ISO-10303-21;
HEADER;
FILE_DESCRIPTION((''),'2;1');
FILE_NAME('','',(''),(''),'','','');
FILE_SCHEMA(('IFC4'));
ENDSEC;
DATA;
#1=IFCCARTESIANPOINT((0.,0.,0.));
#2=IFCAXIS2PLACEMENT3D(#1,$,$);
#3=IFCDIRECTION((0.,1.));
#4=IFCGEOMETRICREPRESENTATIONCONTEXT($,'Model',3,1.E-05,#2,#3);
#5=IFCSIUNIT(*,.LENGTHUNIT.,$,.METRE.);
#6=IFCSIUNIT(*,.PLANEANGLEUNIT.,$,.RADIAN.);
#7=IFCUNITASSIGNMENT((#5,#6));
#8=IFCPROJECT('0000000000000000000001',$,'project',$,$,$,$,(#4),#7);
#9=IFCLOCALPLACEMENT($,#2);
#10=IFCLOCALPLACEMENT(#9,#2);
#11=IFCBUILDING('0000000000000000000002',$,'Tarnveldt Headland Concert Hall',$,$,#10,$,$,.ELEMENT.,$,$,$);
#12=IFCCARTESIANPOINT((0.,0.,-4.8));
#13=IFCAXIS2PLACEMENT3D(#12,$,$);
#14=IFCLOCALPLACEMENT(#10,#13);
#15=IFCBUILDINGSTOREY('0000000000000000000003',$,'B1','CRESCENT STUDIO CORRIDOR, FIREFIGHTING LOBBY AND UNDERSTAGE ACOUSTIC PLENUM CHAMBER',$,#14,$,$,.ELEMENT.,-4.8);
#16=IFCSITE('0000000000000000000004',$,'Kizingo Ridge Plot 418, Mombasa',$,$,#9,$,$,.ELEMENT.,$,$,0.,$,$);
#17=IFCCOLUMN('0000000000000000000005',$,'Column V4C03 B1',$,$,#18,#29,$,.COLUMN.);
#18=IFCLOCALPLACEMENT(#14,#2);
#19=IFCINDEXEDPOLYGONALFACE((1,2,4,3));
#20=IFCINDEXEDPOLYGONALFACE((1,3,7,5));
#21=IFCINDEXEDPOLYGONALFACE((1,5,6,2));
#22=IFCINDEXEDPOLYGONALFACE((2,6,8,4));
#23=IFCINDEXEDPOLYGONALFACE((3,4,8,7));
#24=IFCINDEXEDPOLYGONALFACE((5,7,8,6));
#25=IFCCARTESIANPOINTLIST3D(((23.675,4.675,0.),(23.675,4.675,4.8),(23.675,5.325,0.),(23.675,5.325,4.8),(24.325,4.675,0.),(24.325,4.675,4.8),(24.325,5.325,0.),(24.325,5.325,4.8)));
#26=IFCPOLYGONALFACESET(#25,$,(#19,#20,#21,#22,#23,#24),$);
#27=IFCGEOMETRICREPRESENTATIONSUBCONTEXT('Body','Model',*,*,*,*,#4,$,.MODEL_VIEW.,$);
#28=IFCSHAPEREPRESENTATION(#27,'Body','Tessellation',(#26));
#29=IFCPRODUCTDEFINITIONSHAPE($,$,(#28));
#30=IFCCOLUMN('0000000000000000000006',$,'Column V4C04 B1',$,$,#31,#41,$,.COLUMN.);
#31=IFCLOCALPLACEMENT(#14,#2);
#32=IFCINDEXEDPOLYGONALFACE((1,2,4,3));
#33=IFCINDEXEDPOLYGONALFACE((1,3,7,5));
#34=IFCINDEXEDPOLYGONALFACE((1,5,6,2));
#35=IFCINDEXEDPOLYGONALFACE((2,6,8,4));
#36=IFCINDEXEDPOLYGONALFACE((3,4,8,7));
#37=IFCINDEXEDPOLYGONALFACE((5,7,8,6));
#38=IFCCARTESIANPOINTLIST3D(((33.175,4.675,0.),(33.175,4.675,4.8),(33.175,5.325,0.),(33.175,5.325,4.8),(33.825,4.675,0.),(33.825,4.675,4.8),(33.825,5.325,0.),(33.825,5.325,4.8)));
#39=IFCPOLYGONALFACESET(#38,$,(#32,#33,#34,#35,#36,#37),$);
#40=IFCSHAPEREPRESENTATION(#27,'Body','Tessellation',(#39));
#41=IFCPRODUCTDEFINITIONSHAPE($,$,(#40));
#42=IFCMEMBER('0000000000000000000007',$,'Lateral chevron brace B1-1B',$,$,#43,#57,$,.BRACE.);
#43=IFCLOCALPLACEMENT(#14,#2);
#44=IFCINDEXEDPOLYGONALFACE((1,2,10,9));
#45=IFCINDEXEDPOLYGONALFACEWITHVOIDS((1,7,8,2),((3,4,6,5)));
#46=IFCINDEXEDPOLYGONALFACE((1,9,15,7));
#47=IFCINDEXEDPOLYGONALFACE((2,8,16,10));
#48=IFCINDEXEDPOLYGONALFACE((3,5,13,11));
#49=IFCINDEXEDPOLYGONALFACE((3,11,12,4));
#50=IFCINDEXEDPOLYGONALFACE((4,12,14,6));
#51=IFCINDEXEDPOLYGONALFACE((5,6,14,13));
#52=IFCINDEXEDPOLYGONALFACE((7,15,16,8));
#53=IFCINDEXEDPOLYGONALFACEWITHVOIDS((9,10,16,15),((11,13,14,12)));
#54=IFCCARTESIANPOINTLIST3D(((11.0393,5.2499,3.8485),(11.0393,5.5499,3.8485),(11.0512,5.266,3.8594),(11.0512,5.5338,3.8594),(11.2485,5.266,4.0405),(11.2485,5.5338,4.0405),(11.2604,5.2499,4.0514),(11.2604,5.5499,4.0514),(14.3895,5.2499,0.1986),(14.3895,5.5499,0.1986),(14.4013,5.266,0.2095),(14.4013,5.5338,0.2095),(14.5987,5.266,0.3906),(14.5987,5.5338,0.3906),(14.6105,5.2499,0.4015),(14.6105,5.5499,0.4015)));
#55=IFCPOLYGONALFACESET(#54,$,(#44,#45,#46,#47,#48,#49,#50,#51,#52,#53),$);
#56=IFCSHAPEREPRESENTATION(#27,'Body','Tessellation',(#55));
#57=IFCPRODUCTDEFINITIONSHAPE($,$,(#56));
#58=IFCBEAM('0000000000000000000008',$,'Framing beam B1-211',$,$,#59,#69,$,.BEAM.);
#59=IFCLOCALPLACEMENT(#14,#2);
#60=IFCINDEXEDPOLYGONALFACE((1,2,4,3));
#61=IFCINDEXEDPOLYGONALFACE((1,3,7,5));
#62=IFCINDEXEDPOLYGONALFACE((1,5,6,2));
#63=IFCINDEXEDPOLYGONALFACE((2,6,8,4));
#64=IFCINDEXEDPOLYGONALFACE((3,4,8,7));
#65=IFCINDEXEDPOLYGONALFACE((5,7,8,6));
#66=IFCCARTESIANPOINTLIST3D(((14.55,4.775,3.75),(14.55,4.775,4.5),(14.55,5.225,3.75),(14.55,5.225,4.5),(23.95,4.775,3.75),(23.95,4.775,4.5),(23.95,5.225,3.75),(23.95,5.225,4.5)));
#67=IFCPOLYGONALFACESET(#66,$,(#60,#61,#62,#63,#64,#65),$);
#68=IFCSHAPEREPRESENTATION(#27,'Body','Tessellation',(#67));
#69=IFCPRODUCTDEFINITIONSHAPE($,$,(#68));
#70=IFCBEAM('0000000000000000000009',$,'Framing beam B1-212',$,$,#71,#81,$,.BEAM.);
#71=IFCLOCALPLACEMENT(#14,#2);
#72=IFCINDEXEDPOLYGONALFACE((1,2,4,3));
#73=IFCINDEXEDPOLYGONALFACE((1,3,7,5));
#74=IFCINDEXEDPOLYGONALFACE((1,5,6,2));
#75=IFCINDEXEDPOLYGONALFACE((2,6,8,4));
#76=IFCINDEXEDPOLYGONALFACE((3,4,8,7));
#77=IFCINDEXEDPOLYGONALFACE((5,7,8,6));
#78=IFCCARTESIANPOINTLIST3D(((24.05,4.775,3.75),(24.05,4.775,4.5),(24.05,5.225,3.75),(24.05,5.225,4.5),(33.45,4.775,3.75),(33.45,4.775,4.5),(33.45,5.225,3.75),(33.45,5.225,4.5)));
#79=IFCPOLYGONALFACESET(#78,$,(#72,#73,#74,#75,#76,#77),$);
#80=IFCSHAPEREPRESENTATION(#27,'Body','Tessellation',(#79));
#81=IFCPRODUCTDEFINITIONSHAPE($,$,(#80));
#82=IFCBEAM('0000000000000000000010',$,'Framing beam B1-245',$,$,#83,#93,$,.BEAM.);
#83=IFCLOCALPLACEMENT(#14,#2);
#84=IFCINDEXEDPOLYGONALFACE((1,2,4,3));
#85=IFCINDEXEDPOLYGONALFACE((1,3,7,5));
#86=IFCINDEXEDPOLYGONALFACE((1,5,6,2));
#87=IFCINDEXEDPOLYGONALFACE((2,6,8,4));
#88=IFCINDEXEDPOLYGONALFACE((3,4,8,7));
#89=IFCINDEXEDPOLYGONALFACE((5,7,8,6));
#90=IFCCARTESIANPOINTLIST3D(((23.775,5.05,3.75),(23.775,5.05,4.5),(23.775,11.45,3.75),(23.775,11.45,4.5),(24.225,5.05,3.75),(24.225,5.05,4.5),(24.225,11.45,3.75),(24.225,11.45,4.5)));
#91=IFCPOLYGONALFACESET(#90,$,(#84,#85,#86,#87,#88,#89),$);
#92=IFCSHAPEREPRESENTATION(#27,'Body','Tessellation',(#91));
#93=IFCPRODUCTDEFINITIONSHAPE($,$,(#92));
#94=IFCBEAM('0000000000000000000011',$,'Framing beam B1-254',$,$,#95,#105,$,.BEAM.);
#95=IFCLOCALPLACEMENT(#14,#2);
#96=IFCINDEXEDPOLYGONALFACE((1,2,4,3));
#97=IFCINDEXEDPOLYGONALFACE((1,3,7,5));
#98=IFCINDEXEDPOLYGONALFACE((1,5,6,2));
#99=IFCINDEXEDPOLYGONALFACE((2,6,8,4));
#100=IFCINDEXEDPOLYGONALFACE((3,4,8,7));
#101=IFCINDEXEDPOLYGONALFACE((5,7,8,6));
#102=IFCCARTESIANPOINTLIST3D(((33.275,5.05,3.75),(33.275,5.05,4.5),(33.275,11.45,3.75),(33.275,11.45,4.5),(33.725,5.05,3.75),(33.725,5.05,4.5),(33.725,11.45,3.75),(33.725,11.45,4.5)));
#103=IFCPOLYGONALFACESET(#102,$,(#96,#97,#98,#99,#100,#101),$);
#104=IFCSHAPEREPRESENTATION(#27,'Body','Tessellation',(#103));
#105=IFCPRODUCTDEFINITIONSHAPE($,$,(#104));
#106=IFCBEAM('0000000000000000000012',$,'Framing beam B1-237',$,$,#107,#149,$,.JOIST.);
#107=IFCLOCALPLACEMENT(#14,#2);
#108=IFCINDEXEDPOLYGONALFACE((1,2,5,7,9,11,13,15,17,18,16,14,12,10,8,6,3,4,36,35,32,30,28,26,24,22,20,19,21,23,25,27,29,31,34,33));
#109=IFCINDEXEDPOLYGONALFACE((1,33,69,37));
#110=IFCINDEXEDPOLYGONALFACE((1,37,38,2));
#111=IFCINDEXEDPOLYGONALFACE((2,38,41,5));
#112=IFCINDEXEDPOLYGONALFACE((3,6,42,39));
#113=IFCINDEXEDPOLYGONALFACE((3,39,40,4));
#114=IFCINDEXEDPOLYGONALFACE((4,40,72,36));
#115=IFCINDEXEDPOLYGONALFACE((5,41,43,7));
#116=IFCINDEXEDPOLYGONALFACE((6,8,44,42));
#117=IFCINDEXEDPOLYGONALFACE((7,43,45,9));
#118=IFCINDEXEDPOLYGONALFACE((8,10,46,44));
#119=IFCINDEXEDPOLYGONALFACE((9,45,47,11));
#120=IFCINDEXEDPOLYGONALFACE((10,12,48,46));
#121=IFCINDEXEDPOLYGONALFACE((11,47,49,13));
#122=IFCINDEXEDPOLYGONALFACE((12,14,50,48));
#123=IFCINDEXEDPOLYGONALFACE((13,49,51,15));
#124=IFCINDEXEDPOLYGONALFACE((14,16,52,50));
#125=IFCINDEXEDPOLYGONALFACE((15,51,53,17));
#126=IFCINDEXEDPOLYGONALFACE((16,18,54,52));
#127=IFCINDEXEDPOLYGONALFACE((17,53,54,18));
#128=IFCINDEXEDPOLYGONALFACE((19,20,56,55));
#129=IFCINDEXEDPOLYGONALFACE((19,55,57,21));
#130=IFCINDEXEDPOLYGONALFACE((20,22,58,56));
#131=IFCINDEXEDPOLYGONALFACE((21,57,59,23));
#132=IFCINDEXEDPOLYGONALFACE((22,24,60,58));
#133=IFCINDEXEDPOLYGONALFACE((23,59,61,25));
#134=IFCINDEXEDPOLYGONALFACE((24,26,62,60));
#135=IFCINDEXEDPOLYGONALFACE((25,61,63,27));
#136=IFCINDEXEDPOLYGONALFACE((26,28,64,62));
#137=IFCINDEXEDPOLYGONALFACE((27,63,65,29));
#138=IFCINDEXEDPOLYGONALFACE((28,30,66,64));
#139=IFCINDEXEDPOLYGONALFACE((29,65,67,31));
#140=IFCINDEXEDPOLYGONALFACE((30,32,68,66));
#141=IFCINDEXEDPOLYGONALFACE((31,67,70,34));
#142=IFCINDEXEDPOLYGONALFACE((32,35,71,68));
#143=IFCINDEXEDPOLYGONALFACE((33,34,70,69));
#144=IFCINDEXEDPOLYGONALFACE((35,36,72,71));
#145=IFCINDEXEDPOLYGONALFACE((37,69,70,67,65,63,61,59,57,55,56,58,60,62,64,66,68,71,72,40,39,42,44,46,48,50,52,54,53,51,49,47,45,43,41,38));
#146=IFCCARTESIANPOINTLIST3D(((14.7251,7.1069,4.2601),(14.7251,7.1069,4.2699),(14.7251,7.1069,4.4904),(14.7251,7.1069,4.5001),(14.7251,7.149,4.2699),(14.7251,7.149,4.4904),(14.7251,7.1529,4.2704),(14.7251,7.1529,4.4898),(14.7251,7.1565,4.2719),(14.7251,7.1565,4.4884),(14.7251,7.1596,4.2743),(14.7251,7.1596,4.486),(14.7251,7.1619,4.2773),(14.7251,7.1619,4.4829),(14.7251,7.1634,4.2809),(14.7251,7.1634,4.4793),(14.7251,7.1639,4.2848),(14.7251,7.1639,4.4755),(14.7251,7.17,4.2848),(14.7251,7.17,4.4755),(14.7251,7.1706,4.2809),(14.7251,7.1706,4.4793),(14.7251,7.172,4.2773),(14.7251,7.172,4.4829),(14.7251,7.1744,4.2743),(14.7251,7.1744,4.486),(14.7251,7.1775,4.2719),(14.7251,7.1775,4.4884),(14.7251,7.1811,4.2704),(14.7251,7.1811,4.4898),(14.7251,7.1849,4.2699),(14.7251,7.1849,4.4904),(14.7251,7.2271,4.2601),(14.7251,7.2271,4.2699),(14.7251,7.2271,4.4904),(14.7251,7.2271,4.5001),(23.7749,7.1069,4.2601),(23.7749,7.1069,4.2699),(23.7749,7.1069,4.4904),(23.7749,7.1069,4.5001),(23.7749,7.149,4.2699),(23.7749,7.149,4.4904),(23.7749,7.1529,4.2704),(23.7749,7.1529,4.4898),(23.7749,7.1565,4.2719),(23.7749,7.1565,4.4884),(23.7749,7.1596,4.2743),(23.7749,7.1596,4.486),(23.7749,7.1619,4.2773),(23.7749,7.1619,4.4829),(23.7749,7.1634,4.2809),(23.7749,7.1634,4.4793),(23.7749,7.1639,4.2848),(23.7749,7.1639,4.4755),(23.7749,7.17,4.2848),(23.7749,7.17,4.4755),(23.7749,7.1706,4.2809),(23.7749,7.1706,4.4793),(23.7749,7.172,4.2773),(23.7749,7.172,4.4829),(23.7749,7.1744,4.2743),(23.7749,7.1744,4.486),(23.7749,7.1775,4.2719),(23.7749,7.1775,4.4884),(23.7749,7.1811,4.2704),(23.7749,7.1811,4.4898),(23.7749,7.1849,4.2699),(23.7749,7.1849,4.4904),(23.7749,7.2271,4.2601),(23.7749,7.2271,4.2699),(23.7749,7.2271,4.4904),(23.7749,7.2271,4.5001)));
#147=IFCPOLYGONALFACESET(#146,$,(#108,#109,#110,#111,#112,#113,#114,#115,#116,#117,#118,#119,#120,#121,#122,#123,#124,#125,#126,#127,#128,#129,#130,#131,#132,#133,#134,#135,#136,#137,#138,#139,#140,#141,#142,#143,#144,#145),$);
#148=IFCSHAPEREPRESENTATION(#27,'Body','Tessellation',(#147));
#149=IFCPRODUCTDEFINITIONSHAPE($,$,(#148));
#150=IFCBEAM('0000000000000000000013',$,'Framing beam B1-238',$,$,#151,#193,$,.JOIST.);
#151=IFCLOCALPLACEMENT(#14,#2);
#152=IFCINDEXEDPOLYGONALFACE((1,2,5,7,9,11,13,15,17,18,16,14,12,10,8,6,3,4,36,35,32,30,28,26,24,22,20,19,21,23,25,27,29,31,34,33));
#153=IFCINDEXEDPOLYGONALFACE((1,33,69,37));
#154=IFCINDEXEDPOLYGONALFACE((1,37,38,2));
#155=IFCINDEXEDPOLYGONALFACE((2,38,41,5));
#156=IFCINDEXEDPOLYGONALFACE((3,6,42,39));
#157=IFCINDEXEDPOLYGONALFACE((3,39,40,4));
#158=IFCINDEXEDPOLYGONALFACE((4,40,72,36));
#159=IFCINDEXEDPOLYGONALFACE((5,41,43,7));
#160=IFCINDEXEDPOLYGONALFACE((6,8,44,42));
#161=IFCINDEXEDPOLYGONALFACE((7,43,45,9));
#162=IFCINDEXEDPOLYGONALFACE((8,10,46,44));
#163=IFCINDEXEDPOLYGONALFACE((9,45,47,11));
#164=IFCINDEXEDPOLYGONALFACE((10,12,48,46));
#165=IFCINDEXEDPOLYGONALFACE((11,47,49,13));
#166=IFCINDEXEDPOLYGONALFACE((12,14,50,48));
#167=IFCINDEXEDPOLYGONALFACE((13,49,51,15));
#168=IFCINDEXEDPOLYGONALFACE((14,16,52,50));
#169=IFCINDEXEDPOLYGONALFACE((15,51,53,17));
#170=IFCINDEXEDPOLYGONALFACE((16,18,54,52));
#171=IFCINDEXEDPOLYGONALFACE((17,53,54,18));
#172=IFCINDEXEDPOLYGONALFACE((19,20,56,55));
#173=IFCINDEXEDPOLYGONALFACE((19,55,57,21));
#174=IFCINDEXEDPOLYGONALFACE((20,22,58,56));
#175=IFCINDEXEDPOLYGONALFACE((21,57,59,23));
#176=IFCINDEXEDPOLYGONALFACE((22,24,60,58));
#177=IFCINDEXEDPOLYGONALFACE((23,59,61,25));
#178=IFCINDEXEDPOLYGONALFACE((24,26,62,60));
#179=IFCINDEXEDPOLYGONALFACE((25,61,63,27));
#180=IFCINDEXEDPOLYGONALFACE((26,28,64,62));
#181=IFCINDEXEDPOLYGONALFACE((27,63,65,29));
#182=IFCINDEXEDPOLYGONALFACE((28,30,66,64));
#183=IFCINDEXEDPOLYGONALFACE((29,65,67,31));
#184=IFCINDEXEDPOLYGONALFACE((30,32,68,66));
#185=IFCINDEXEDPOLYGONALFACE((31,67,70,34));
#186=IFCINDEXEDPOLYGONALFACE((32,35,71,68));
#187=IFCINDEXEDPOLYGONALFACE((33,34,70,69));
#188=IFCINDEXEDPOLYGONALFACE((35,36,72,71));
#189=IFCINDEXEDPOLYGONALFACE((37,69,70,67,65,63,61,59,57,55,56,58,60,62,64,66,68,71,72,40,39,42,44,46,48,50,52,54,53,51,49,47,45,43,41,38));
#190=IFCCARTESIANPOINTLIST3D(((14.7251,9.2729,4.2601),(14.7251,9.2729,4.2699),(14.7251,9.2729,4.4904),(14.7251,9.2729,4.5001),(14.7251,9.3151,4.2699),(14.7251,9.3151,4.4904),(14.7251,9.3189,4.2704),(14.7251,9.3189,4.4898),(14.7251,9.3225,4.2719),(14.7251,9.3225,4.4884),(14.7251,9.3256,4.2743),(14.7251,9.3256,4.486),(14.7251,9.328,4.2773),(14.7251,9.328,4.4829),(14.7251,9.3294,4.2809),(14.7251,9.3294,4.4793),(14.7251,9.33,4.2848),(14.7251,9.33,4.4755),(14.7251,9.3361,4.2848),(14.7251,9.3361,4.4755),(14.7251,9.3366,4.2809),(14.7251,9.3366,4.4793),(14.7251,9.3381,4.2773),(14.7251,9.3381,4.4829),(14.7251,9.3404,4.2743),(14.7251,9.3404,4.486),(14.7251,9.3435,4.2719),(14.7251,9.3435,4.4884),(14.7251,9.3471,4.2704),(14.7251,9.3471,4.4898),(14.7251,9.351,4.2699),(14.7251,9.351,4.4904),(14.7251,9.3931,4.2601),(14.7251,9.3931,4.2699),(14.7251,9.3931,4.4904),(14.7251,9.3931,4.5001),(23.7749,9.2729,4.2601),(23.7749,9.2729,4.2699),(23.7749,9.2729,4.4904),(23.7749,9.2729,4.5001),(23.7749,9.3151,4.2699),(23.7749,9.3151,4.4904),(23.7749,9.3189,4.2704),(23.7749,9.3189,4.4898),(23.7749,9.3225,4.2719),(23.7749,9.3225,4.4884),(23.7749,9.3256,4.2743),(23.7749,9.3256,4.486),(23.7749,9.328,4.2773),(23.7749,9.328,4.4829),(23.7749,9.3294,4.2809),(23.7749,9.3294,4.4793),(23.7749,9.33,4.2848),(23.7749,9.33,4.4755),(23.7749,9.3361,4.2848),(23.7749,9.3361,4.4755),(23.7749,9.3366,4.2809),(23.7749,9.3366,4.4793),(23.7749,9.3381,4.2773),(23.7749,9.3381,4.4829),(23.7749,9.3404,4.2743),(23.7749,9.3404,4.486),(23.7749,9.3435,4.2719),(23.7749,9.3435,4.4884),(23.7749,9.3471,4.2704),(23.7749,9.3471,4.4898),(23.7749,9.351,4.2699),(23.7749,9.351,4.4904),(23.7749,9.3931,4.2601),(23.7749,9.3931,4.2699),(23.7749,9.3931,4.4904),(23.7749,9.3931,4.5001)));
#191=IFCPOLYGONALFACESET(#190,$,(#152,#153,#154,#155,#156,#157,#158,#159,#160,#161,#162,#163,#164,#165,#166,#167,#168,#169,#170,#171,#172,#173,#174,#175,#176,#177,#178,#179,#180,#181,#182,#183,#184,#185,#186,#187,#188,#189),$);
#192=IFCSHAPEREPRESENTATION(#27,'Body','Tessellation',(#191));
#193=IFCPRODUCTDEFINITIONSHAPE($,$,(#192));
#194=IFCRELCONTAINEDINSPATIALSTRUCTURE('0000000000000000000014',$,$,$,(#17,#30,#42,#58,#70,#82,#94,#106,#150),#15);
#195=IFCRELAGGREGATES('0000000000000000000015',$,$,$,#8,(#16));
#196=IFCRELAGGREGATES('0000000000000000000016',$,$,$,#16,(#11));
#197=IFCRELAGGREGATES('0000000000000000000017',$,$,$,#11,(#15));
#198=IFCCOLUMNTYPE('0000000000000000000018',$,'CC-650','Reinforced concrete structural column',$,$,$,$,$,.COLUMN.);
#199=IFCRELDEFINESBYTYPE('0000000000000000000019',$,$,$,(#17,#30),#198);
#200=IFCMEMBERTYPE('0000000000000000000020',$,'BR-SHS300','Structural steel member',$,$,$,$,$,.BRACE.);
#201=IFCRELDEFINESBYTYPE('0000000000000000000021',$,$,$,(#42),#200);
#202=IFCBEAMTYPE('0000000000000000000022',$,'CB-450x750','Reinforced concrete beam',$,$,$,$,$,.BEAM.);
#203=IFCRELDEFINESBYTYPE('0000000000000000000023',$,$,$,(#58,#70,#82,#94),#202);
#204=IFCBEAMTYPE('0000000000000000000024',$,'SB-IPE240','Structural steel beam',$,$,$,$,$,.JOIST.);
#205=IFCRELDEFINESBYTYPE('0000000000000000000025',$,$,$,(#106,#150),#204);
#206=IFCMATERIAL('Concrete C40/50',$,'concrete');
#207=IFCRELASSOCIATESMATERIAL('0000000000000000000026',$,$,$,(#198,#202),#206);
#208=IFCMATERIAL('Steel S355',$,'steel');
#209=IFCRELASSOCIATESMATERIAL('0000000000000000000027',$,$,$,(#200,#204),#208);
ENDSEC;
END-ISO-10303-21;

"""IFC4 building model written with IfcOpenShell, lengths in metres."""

from ifc_helpers import new_model, si_unit, direction, frame, origin, origin_2d, place, context, subcontext, project, spatial, rectangle, hollow_rectangle, i_section, extrude, material, material_profile, profile_set, type_object, element, save


model = new_model("IFC4")

# Units and contexts
model_context = context("Model", 3, precision=1e-05, world=origin(), true_north=direction((0.0, 1.0)))
body_context = subcontext(model_context, "Body", "Model", "MODEL_VIEW")
ifc_project = project(units=[si_unit("LENGTHUNIT", "METRE"), si_unit("PLANEANGLEUNIT", "RADIAN")], contexts=[model_context])

# Site, building, storey
site_placement = place(None, origin())
site = spatial("IfcSite", under=ifc_project, at=site_placement, Name="Kizingo Ridge Plot 418, Mombasa", CompositionType="ELEMENT", RefElevation=0.0)
building_placement = place(site_placement, origin())
building = spatial("IfcBuilding", under=site, at=building_placement, Name="Tarnveldt Headland Concert Hall", CompositionType="ELEMENT")
storey_placement = place(building_placement, frame((0.0, 0.0, -4.8)))
storey = spatial("IfcBuildingStorey", under=building, at=storey_placement, Name="B1", Description="CRESCENT STUDIO CORRIDOR, FIREFIGHTING LOBBY AND UNDERSTAGE ACOUSTIC PLENUM CHAMBER", CompositionType="ELEMENT", Elevation=-4.8)

# Shared definitions
ifc_material_1 = material(Name="Concrete C40/50", Category="concrete")

# Columns
ifc_material_profile_1 = material_profile(ifc_material_1, rectangle(XDim=0.6499, YDim=0.6499, at=origin_2d()), Name="RC 650x650", Category="concrete")
ifc_profile_set_1 = profile_set([ifc_material_profile_1], Name="Concrete C40/50")
column_type = type_object("IfcColumnType", Name="CC-650", Description="Reinforced concrete structural column", PredefinedType="COLUMN", material=ifc_profile_set_1)
for number, where, z_axis, x_axis, name in (
    (1, (24.0, 5.0, 0.0), (0.0, 0.0, 1.0), (1.0, 0.0, 0.0), "Column V4C03 B1"),
    (2, (33.5, 5.0, 0.0), (0.0, 0.0, 1.0), (1.0, 0.0, 0.0), "Column V4C04 B1"),
):
    element("IfcColumn", number, at=place(storey_placement, frame(where, z_axis=z_axis, x_axis=x_axis)), inside=storey, type_object=column_type, Name=name, PredefinedType="COLUMN", context=body_context, shape_type="SweptSolid", body=[
        extrude(rectangle(XDim=0.6499, YDim=0.6499, at=origin_2d()), origin(), (0.0, 0.0, 1.0), 4.8),
    ])

# Member
ifc_material_2 = material(Name="Steel S355", Category="steel")
ifc_material_profile_2 = material_profile(ifc_material_2, hollow_rectangle(XDim=0.3, YDim=0.3, WallThickness=0.0161, at=origin_2d()), Name="SHS 300x300x16", Category="steel")
ifc_profile_set_2 = profile_set([ifc_material_profile_2], Name="Steel S355")
member_type = type_object("IfcMemberType", Name="BR-SHS300", Description="Structural steel member", PredefinedType="BRACE", material=ifc_profile_set_2)
member_placement = place(storey_placement, frame((14.5, 5.3999, 0.3), z_axis=(-0.676202, 0.0, 0.736716), x_axis=(0.0, -1.0, 0.0)))
element("IfcMember", 3, at=member_placement, inside=storey, type_object=member_type, Name="Lateral chevron brace B1-1B", PredefinedType="BRACE", context=body_context, shape_type="SweptSolid", body=[
    extrude(hollow_rectangle(XDim=0.3, YDim=0.3, WallThickness=0.0161, at=origin_2d()), origin(), (0.0, 0.0, 1.0), 4.9543),
])

# Beams
ifc_material_profile_3 = material_profile(ifc_material_1, rectangle(XDim=0.45, YDim=0.75, at=origin_2d()), Name="RC 450x750", Category="concrete")
ifc_profile_set_3 = profile_set([ifc_material_profile_3], Name="Concrete C40/50")
beam_type_1 = type_object("IfcBeamType", Name="CB-450x750", Description="Reinforced concrete beam", PredefinedType="BEAM", material=ifc_profile_set_3)
for number, where, z_axis, x_axis, name in (
    (4, (14.55, 5.0, 4.125), (1.0, 0.0, 0.0), (0.0, 1.0, 0.0), "Framing beam B1-211"),
    (5, (24.05, 5.0, 4.125), (1.0, 0.0, 0.0), (0.0, 1.0, 0.0), "Framing beam B1-212"),
):
    element("IfcBeam", number, at=place(storey_placement, frame(where, z_axis=z_axis, x_axis=x_axis)), inside=storey, type_object=beam_type_1, Name=name, PredefinedType="BEAM", context=body_context, shape_type="SweptSolid", body=[
        extrude(rectangle(XDim=0.45, YDim=0.75, at=origin_2d()), origin(), (0.0, 0.0, 1.0), 9.3999),
    ])
for number, where, z_axis, x_axis, name in (
    (6, (24.0, 5.05, 4.125), (0.0, 1.0, 0.0), (-1.0, 0.0, 0.0), "Framing beam B1-245"),
    (7, (33.5, 5.05, 4.125), (0.0, 1.0, 0.0), (-1.0, 0.0, 0.0), "Framing beam B1-254"),
):
    element("IfcBeam", number, at=place(storey_placement, frame(where, z_axis=z_axis, x_axis=x_axis)), inside=storey, type_object=beam_type_1, Name=name, PredefinedType="BEAM", context=body_context, shape_type="SweptSolid", body=[
        extrude(rectangle(XDim=0.45, YDim=0.75, at=origin_2d()), origin(), (0.0, 0.0, 1.0), 6.3999),
    ])
ifc_material_profile_4 = material_profile(ifc_material_2, i_section(OverallWidth=0.1201, OverallDepth=0.24, WebThickness=0.0061, FlangeThickness=0.0098, FilletRadius=0.0149, at=origin_2d()), Name="IPE240", Category="steel")
ifc_profile_set_4 = profile_set([ifc_material_profile_4], Name="Steel S355")
beam_type_2 = type_object("IfcBeamType", Name="SB-IPE240", Description="Structural steel beam", PredefinedType="JOIST", material=ifc_profile_set_4)
for number, where, z_axis, x_axis, name in (
    (8, (14.7251, 7.167, 4.3801), (1.0, 0.0, 0.0), (0.0, 1.0, 0.0), "Framing beam B1-237"),
    (9, (14.7251, 9.333, 4.3801), (1.0, 0.0, 0.0), (0.0, 1.0, 0.0), "Framing beam B1-238"),
):
    element("IfcBeam", number, at=place(storey_placement, frame(where, z_axis=z_axis, x_axis=x_axis)), inside=storey, type_object=beam_type_2, Name=name, PredefinedType="JOIST", context=body_context, shape_type="SweptSolid", body=[
        extrude(i_section(OverallWidth=0.1201, OverallDepth=0.24, WebThickness=0.0061, FlangeThickness=0.0098, FilletRadius=0.0149, at=origin_2d()), origin(), (0.0, 0.0, 1.0), 9.0498),
    ])

save(model, "model.ifc")
